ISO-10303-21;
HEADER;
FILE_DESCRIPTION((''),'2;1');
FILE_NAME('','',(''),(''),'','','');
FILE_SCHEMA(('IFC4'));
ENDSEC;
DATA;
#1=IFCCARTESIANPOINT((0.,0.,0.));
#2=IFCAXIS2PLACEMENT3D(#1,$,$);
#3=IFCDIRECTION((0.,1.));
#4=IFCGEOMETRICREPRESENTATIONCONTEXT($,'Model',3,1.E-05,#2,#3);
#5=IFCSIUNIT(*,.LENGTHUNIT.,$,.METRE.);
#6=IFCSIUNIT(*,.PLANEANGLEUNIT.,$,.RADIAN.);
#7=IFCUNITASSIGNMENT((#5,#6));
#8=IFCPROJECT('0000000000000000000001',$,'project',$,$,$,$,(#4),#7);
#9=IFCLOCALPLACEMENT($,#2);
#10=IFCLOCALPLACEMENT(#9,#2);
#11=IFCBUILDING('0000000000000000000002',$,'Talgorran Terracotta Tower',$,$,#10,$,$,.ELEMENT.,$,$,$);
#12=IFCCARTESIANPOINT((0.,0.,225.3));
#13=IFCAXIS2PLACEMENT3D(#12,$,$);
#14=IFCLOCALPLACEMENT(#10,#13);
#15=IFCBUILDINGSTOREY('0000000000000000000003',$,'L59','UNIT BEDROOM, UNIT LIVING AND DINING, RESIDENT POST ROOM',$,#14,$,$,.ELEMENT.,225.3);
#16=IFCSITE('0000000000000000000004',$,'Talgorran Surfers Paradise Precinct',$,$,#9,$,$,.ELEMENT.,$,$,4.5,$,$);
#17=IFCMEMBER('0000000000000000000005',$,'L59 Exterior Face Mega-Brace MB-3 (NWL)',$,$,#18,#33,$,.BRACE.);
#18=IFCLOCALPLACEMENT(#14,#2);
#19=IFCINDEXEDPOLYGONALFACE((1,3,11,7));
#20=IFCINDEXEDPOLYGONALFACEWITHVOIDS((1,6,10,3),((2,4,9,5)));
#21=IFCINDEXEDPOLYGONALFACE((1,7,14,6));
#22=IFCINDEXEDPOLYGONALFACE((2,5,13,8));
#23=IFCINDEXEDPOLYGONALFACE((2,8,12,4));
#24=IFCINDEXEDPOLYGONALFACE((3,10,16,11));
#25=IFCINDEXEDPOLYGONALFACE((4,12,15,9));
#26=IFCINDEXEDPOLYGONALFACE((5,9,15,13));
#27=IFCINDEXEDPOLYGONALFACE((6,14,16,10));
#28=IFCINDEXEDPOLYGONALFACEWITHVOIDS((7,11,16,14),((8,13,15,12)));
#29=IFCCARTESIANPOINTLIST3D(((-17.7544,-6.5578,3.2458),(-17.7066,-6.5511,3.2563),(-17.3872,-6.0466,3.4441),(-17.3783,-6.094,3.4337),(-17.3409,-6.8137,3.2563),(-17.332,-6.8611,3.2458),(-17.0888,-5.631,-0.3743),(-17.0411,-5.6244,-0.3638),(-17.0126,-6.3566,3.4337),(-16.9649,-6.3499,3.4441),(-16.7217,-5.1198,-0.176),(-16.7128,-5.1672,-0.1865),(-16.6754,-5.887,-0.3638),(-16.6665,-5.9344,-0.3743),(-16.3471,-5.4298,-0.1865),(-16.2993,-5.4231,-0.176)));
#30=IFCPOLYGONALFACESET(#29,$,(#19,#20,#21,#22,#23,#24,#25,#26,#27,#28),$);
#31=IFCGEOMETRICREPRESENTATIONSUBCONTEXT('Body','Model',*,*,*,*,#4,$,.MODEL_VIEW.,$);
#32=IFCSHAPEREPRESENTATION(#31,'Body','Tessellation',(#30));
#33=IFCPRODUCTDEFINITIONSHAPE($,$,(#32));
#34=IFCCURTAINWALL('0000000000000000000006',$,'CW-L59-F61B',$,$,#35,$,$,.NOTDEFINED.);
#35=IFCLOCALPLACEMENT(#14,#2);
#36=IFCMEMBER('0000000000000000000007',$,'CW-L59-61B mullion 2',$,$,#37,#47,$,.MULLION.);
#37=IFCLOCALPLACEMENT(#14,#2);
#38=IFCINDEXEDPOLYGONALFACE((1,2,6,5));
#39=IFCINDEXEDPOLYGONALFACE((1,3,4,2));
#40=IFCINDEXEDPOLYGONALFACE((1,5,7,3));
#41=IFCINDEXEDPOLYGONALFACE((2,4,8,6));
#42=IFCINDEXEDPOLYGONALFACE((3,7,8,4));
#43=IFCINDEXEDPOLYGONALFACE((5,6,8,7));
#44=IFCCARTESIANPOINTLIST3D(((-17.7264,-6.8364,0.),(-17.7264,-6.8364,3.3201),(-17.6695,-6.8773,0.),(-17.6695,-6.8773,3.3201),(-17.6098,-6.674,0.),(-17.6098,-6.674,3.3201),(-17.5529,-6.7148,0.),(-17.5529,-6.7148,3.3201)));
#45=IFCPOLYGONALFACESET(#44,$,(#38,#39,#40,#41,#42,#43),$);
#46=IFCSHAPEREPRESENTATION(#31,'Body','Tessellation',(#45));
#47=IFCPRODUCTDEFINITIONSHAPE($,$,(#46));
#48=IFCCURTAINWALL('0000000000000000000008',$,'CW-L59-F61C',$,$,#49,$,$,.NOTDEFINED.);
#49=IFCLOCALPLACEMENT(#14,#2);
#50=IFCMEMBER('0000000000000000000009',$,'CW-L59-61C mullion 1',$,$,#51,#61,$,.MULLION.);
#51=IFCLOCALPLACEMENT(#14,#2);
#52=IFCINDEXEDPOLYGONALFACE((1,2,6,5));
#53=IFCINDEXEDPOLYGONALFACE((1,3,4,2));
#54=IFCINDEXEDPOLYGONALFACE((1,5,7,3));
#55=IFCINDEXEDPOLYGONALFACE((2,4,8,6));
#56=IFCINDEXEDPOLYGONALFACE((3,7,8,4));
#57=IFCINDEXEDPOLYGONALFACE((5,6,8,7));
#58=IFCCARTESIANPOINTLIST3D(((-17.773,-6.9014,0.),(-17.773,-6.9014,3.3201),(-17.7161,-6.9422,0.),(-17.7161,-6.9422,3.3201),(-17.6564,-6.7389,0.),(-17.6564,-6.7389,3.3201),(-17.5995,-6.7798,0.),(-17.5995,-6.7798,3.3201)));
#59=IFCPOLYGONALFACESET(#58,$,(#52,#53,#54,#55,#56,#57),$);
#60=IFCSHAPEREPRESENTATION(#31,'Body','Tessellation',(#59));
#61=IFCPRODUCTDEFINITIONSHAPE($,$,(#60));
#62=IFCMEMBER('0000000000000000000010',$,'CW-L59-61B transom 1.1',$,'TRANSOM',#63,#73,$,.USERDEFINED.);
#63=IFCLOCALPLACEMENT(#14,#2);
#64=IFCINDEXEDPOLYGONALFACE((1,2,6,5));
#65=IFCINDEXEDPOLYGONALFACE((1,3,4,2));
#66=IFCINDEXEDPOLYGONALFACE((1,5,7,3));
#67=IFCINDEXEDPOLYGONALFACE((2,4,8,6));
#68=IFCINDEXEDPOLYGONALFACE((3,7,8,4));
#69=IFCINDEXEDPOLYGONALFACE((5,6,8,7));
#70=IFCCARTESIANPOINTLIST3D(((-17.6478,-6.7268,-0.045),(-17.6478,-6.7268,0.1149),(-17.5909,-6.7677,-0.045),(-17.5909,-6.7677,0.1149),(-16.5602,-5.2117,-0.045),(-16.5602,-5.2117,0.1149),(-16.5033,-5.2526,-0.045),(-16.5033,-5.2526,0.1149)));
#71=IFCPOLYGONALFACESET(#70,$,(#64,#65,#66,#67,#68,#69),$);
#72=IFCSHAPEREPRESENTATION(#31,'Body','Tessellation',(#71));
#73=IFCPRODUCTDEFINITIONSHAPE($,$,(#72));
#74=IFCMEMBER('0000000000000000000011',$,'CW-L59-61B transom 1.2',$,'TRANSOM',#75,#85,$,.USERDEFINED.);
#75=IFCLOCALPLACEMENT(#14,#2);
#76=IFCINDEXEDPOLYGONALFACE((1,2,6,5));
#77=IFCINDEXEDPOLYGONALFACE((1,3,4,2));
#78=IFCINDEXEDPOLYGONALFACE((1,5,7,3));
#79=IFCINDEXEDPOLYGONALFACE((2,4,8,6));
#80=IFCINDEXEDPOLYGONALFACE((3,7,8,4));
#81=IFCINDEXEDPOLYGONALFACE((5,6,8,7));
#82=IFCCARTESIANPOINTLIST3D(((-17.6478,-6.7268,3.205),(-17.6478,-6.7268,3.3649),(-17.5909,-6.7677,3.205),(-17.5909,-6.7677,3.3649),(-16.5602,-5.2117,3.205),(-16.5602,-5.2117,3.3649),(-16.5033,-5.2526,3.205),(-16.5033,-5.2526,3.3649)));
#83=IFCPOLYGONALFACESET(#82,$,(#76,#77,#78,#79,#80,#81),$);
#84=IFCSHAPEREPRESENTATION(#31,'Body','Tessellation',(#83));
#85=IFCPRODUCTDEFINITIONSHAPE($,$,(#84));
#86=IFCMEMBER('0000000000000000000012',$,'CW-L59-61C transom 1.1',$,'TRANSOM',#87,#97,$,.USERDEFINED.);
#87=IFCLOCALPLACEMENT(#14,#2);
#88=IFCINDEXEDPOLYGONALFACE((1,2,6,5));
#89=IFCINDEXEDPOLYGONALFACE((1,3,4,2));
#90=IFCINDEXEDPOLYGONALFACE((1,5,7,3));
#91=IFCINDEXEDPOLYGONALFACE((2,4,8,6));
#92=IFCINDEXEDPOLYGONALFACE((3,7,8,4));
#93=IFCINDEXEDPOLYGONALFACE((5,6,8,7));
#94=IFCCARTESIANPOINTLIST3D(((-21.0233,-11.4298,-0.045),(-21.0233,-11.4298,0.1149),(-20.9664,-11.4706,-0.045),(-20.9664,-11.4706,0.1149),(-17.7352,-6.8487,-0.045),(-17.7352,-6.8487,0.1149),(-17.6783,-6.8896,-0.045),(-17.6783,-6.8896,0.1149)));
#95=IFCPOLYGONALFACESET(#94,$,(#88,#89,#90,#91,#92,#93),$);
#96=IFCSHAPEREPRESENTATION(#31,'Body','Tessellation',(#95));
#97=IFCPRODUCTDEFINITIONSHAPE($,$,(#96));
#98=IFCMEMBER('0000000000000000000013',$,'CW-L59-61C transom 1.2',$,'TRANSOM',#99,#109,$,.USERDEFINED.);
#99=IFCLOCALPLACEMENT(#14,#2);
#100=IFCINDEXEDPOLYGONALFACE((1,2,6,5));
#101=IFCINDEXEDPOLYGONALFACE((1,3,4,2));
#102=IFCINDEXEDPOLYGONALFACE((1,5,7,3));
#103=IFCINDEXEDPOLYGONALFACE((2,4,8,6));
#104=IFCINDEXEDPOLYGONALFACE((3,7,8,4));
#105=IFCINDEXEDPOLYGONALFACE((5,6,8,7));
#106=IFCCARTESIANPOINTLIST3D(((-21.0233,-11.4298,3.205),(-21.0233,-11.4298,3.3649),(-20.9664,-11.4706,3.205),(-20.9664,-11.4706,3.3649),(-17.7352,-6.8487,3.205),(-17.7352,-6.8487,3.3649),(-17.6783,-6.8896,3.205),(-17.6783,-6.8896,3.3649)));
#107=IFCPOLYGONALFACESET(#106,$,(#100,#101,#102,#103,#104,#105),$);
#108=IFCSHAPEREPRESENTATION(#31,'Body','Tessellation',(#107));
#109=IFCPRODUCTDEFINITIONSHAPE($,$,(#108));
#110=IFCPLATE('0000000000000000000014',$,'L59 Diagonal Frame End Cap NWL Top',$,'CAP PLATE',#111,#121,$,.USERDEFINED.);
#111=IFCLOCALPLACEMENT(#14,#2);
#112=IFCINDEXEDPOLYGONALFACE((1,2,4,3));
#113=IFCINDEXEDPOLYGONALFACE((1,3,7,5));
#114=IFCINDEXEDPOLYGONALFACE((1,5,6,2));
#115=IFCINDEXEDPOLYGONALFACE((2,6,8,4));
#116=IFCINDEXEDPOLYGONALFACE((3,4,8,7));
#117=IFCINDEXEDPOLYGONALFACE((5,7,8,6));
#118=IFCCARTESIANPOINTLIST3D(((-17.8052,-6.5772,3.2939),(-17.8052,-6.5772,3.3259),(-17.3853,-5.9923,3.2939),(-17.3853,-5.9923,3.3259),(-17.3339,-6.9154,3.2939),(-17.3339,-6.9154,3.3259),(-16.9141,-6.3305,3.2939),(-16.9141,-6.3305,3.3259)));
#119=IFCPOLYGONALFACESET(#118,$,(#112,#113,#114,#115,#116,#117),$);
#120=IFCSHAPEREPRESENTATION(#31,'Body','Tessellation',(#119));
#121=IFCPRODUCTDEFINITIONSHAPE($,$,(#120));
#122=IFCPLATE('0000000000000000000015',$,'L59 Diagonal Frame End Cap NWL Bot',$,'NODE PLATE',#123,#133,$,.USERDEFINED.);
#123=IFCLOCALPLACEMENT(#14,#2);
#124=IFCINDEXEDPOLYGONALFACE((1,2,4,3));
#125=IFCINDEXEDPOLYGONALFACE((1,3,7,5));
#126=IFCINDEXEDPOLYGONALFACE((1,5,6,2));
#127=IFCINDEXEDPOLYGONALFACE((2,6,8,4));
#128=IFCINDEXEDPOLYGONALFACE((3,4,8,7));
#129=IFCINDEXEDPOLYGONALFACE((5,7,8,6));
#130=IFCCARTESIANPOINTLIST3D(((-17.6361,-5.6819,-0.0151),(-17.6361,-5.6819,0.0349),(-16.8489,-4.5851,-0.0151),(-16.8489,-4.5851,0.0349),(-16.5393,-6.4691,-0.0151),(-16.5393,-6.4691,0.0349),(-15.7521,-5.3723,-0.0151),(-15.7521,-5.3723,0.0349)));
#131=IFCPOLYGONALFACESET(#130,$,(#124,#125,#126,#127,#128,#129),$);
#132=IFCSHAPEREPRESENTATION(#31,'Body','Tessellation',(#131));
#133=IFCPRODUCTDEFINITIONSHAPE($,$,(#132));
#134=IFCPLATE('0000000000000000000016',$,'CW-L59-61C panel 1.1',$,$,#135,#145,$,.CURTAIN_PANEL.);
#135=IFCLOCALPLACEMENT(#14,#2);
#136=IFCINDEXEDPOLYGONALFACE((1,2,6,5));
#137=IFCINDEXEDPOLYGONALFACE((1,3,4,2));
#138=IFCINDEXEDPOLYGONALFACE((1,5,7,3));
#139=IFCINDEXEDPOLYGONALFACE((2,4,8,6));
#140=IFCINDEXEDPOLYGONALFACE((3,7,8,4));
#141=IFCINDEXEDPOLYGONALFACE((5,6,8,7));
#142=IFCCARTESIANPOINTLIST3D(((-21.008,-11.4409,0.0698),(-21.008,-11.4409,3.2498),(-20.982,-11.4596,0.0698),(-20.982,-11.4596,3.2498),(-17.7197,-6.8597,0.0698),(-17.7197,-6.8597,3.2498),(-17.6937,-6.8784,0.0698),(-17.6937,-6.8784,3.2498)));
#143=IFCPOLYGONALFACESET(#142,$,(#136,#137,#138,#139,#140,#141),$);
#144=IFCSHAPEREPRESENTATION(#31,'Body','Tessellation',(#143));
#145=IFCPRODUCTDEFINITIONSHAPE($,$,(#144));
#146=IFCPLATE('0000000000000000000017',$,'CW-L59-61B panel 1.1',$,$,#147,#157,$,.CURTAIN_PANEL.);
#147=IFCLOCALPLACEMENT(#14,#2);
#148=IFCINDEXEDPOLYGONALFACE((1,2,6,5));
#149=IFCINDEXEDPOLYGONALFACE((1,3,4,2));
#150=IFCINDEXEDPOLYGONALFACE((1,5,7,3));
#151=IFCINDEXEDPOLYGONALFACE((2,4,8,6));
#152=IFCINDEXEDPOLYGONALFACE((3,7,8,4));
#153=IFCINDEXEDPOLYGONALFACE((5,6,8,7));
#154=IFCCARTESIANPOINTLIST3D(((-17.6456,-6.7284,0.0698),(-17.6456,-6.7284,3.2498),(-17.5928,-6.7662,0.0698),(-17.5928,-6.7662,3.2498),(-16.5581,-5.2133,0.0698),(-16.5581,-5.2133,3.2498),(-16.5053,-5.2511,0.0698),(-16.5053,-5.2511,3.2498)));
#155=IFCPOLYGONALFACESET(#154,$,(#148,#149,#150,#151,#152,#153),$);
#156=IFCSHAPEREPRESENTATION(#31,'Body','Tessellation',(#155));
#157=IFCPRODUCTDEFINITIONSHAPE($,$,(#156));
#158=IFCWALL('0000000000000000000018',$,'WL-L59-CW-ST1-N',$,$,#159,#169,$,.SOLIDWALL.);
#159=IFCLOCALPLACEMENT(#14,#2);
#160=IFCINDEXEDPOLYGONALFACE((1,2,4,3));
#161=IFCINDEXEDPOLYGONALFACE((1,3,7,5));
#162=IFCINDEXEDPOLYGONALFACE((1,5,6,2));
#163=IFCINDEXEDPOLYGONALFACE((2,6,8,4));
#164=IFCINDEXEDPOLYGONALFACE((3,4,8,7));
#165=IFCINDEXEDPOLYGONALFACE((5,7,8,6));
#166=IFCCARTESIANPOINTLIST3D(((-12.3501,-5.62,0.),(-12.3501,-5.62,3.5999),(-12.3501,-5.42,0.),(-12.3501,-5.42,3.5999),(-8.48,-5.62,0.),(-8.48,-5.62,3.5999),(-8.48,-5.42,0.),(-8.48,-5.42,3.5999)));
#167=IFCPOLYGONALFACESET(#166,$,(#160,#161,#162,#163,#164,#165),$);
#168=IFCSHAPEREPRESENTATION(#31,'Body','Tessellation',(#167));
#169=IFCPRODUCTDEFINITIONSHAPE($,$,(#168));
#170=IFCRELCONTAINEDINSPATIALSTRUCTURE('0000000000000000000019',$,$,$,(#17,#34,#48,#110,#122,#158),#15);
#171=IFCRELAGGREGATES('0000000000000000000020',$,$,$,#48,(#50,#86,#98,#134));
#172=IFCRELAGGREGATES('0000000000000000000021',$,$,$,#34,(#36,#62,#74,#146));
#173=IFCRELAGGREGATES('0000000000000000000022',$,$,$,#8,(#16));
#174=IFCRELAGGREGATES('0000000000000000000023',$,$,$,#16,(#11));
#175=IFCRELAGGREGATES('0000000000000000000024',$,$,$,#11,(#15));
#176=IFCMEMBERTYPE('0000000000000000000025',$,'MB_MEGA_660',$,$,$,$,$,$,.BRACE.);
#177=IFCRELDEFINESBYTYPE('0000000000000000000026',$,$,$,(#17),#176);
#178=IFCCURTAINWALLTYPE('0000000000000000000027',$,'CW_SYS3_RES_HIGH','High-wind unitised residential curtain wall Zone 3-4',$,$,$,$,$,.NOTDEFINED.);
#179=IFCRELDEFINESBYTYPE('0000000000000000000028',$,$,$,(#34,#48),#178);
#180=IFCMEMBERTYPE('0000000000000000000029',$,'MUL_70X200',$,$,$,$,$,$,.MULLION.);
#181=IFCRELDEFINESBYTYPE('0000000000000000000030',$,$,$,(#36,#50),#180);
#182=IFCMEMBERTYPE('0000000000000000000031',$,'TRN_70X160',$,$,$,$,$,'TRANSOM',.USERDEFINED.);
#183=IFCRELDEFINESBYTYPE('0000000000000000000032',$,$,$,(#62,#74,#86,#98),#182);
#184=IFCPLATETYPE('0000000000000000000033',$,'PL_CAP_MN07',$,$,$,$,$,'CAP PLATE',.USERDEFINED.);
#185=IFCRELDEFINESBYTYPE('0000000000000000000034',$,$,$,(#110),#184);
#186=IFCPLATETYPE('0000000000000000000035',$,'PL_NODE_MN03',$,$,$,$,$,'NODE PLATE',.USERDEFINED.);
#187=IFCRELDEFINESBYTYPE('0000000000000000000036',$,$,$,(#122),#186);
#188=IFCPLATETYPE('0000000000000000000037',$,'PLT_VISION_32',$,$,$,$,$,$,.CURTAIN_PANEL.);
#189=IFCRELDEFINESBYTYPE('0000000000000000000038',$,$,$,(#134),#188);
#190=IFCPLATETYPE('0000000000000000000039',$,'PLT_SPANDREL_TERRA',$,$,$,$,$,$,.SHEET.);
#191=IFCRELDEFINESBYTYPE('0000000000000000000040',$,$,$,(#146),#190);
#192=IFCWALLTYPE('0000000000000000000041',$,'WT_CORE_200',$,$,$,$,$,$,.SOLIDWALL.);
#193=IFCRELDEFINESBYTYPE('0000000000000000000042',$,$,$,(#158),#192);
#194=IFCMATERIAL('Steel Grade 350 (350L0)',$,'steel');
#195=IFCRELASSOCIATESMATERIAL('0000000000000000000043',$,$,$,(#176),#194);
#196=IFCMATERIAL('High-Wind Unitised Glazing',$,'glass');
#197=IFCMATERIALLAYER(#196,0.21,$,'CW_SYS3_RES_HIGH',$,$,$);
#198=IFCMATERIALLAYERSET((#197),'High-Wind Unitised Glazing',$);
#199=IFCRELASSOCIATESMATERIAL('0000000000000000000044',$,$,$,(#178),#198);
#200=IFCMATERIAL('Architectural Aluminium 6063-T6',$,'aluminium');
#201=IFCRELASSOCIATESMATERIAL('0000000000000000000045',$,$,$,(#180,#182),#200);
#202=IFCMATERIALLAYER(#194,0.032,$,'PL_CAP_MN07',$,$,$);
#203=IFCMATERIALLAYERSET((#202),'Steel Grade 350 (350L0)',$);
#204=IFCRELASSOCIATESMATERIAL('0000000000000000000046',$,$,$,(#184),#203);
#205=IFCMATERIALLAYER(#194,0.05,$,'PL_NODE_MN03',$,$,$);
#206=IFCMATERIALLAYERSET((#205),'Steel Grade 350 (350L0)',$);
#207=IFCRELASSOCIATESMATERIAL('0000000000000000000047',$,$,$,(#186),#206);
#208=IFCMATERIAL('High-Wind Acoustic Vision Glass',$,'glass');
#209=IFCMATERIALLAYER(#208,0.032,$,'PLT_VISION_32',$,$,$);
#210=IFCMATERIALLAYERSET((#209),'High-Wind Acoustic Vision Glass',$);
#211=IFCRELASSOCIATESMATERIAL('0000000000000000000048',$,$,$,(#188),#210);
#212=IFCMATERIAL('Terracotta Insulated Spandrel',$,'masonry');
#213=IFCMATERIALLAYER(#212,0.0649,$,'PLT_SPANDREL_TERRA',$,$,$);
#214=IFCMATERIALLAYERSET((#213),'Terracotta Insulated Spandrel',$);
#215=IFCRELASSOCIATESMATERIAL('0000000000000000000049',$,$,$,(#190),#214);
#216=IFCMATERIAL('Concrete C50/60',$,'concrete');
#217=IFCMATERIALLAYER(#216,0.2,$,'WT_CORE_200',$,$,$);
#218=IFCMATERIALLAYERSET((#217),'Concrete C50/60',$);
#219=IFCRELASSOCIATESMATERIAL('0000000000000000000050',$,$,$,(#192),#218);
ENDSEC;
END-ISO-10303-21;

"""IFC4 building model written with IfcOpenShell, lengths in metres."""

from ifc_helpers import new_model, si_unit, direction, frame, frame_2d, origin, origin_2d, place, context, subcontext, project, spatial, rectangle, hollow_rectangle, extrude, source, transform, mapped, material, layer, layer_set, material_profile, profile_set, type_object, type_shapes, element, aggregate, save


model = new_model("IFC4")

# Units and contexts
model_context = context("Model", 3, precision=1e-05, world=origin(), true_north=direction((0.0, 1.0)))
body_context = subcontext(model_context, "Body", "Model", "MODEL_VIEW")
ifc_project = project(units=[si_unit("LENGTHUNIT", "METRE"), si_unit("PLANEANGLEUNIT", "RADIAN")], contexts=[model_context])

# Site, building, storey
site_placement = place(None, origin())
site = spatial("IfcSite", under=ifc_project, at=site_placement, Name="Talgorran Surfers Paradise Precinct", CompositionType="ELEMENT", RefElevation=4.5)
building_placement = place(site_placement, origin())
building = spatial("IfcBuilding", under=site, at=building_placement, Name="Talgorran Terracotta Tower", CompositionType="ELEMENT")
storey_placement = place(building_placement, frame((0.0, 0.0, 225.3)))
storey = spatial("IfcBuildingStorey", under=building, at=storey_placement, Name="L59", Description="UNIT BEDROOM, UNIT LIVING AND DINING, RESIDENT POST ROOM", CompositionType="ELEMENT", Elevation=225.3)

# Member
ifc_material_1 = material(Name="Steel Grade 350 (350L0)", Category="steel")
ifc_material_profile_1 = material_profile(ifc_material_1, hollow_rectangle(XDim=0.52, YDim=0.6599, WallThickness=0.0349, at=origin_2d()), Name="WBOX660X520X35")
ifc_profile_set_1 = profile_set([ifc_material_profile_1], Name="Steel Grade 350 (350L0)")
member_type_1 = type_object("IfcMemberType", Name="MB_MEGA_660", PredefinedType="BRACE", material=ifc_profile_set_1)
member_1_placement = place(storey_placement, frame((-16.6941, -5.5271, -0.2751), z_axis=(-0.175339, -0.244162, 0.953751), x_axis=(0.812256, -0.583301, 0.0)))
element("IfcMember", 1, at=member_1_placement, inside=storey, type_object=member_type_1, Name="L59 Exterior Face Mega-Brace MB-3 (NWL)", PredefinedType="BRACE", context=body_context, shape_type="SweptSolid", body=[
    extrude(hollow_rectangle(XDim=0.52, YDim=0.6599, WallThickness=0.0349, at=origin_2d()), origin(), (0.0, 0.0, 1.0), 3.7957),
])

# Curtain walls, members
ifc_material_2 = material(Name="High-Wind Unitised Glazing", Category="glass")
ifc_layer_1 = layer(ifc_material_2, 0.21, Name="CW_SYS3_RES_HIGH")
ifc_layer_set_1 = layer_set([ifc_layer_1], Name="High-Wind Unitised Glazing")
curtain_wall_type = type_object("IfcCurtainWallType", Name="CW_SYS3_RES_HIGH", Description="High-wind unitised residential curtain wall Zone 3-4", PredefinedType="NOTDEFINED", material=ifc_layer_set_1)
curtain_wall_1_placement = place(storey_placement, origin())
curtain_wall_1 = element("IfcCurtainWall", 2, at=curtain_wall_1_placement, inside=storey, type_object=curtain_wall_type, Name="CW-L59-F61B", PredefinedType="NOTDEFINED")
ifc_material_3 = material(Name="Architectural Aluminium 6063-T6", Category="aluminium")
ifc_material_profile_2 = material_profile(ifc_material_3, rectangle(XDim=0.0701, YDim=0.2, at=origin_2d()), Name="CWM70X200")
ifc_profile_set_2 = profile_set([ifc_material_profile_2], Name="Architectural Aluminium 6063-T6")
member_type_2 = type_object("IfcMemberType", Name="MUL_70X200", PredefinedType="MULLION", material=ifc_profile_set_2)
member_2_placement = place(storey_placement, frame((-17.6396, -6.7756, 0.0), z_axis=(0.0, 0.0, 1.0), x_axis=(0.812387, -0.583119, 0.0)))
member_2 = element("IfcMember", 3, at=member_2_placement, type_object=member_type_2, Name="CW-L59-61B mullion 2", PredefinedType="MULLION", context=body_context, shape_type="SweptSolid", body=[
    extrude(rectangle(XDim=0.0701, YDim=0.2, at=origin_2d()), origin(), (0.0, 0.0, 1.0), 3.3201),
])
curtain_wall_2_placement = place(storey_placement, origin())
curtain_wall_2 = element("IfcCurtainWall", 4, at=curtain_wall_2_placement, inside=storey, type_object=curtain_wall_type, Name="CW-L59-F61C", PredefinedType="NOTDEFINED")
member_3_placement = place(storey_placement, frame((-17.6863, -6.8406, 0.0), z_axis=(0.0, 0.0, 1.0), x_axis=(0.812389, -0.583116, 0.0)))
member_3 = element("IfcMember", 5, at=member_3_placement, type_object=member_type_2, Name="CW-L59-61C mullion 1", PredefinedType="MULLION", context=body_context, shape_type="SweptSolid", body=[
    extrude(rectangle(XDim=0.0701, YDim=0.2, at=origin_2d()), origin(), (0.0, 0.0, 1.0), 3.3201),
])

# Members
ifc_material_profile_3 = material_profile(ifc_material_3, rectangle(XDim=0.0701, YDim=0.1599, at=origin_2d()), Name="CWT70X160")
ifc_profile_set_3 = profile_set([ifc_material_profile_3], Name="Architectural Aluminium 6063-T6")
member_type_3 = type_object("IfcMemberType", Name="TRN_70X160", ElementType="TRANSOM", PredefinedType="USERDEFINED", material=ifc_profile_set_3)
member_4_placement = place(storey_placement, frame((-16.5317, -5.2322, 0.0349), z_axis=(-0.583156, -0.81236, 0.0), x_axis=(0.81236, -0.583156, 0.0)))
member_4 = element("IfcMember", 6, at=member_4_placement, type_object=member_type_3, Name="CW-L59-61B transom 1.1", ObjectType="TRANSOM", PredefinedType="USERDEFINED", context=body_context, shape_type="SweptSolid", body=[
    extrude(rectangle(XDim=0.0701, YDim=0.1599, at=origin_2d()), origin(), (0.0, 0.0, 1.0), 1.865),
])
member_5_placement = place(storey_placement, frame((-16.5317, -5.2322, 3.2849), z_axis=(-0.583156, -0.81236, 0.0), x_axis=(0.81236, -0.583156, 0.0)))
member_5 = element("IfcMember", 7, at=member_5_placement, type_object=member_type_3, Name="CW-L59-61B transom 1.2", ObjectType="TRANSOM", PredefinedType="USERDEFINED", context=body_context, shape_type="SweptSolid", body=[
    extrude(rectangle(XDim=0.0701, YDim=0.1599, at=origin_2d()), origin(), (0.0, 0.0, 1.0), 1.865),
])
member_6_placement = place(storey_placement, frame((-17.7068, -6.8691, 0.0349), z_axis=(-0.583104, -0.812397, 0.0), x_axis=(0.812397, -0.583104, 0.0)))
member_6 = element("IfcMember", 8, at=member_6_placement, type_object=member_type_3, Name="CW-L59-61C transom 1.1", ObjectType="TRANSOM", PredefinedType="USERDEFINED", context=body_context, shape_type="SweptSolid", body=[
    extrude(rectangle(XDim=0.0701, YDim=0.1599, at=origin_2d()), origin(), (0.0, 0.0, 1.0), 5.6389),
])
member_7_placement = place(storey_placement, frame((-17.7068, -6.8691, 3.2849), z_axis=(-0.583104, -0.812397, 0.0), x_axis=(0.812397, -0.583104, 0.0)))
member_7 = element("IfcMember", 9, at=member_7_placement, type_object=member_type_3, Name="CW-L59-61C transom 1.2", ObjectType="TRANSOM", PredefinedType="USERDEFINED", context=body_context, shape_type="SweptSolid", body=[
    extrude(rectangle(XDim=0.0701, YDim=0.1599, at=origin_2d()), origin(), (0.0, 0.0, 1.0), 5.6389),
])

# Plates
ifc_layer_2 = layer(ifc_material_1, 0.032, Name="PL_CAP_MN07")
ifc_layer_set_2 = layer_set([ifc_layer_2], Name="Steel Grade 350 (350L0)")
plate_type_1 = type_object("IfcPlateType", Name="PL_CAP_MN07", ElementType="CAP PLATE", PredefinedType="USERDEFINED", material=ifc_layer_set_2)
plate_1_placement = place(storey_placement, frame((-17.3596, -6.4539, 3.2939), z_axis=(0.0, 0.0, 1.0), x_axis=(-0.583116, -0.812389, 0.0)))
element("IfcPlate", 10, at=plate_1_placement, inside=storey, type_object=plate_type_1, Name="L59 Diagonal Frame End Cap NWL Top", ObjectType="CAP PLATE", PredefinedType="USERDEFINED", context=body_context, shape_type="SweptSolid", body=[
    extrude(rectangle(XDim=0.72, YDim=0.5801, at=origin_2d()), origin(), (0.0, 0.0, 1.0), 0.032),
])
ifc_layer_3 = layer(ifc_material_1, 0.05, Name="PL_NODE_MN03")
ifc_layer_set_3 = layer_set([ifc_layer_3], Name="Steel Grade 350 (350L0)")
plate_type_2 = type_object("IfcPlateType", Name="PL_NODE_MN03", ElementType="NODE PLATE", PredefinedType="USERDEFINED", material=ifc_layer_set_3)
plate_2_placement = place(storey_placement, frame((-16.6941, -5.5271, -0.0151), z_axis=(0.0, 0.0, 1.0), x_axis=(-0.583116, -0.812389, 0.0)))
element("IfcPlate", 11, at=plate_2_placement, inside=storey, type_object=plate_type_2, Name="L59 Diagonal Frame End Cap NWL Bot", ObjectType="NODE PLATE", PredefinedType="USERDEFINED", context=body_context, shape_type="SweptSolid", body=[
    extrude(rectangle(XDim=1.3501, YDim=1.3501, at=origin_2d()), origin(), (0.0, 0.0, 1.0), 0.05),
])

# Plates
ifc_material_4 = material(Name="High-Wind Acoustic Vision Glass", Category="glass")
ifc_layer_4 = layer(ifc_material_4, 0.032, Name="PLT_VISION_32")
ifc_layer_set_4 = layer_set([ifc_layer_4], Name="High-Wind Acoustic Vision Glass")
plate_type_3 = type_object("IfcPlateType", Name="PLT_VISION_32", PredefinedType="CURTAIN_PANEL", material=ifc_layer_set_4)
shared_shape_1 = source(origin(), body_context, "Body", "SweptSolid", [
    extrude(rectangle(XDim=5.6392, YDim=0.032, at=origin_2d()), origin(), (0.0, 0.0, 1.0), 3.1799),
])
type_shapes(plate_type_3, [shared_shape_1])
plate_3_placement = place(storey_placement, frame((-19.3508, -9.1597, 0.0698), z_axis=(0.0, 0.0, 1.0), x_axis=(-0.583116, -0.812389, 0.0)))
plate_3 = element("IfcPlate", 12, at=plate_3_placement, type_object=plate_type_3, Name="CW-L59-61C panel 1.1", PredefinedType="CURTAIN_PANEL", context=body_context, shape_type="MappedRepresentation", body=[
    mapped(shared_shape_1, transform((0.0, 0.0, 0.0), scale=1.0)),
])
aggregate(curtain_wall_2, [member_3, member_6, member_7, plate_3])
ifc_material_5 = material(Name="Terracotta Insulated Spandrel", Category="masonry")
ifc_layer_5 = layer(ifc_material_5, 0.0649, Name="PLT_SPANDREL_TERRA")
ifc_layer_set_5 = layer_set([ifc_layer_5], Name="Terracotta Insulated Spandrel")
plate_type_4 = type_object("IfcPlateType", Name="PLT_SPANDREL_TERRA", PredefinedType="SHEET", material=ifc_layer_set_5)
shared_shape_2 = source(origin(), body_context, "Body", "SweptSolid", [
    extrude(rectangle(XDim=1.865, YDim=0.0649, at=origin_2d()), origin(), (0.0, 0.0, 1.0), 3.1799),
])
type_shapes(plate_type_4, [shared_shape_2])
plate_4_placement = place(storey_placement, frame((-17.0754, -5.9897, 0.0698), z_axis=(0.0, 0.0, 1.0), x_axis=(-0.583119, -0.812387, 0.0)))
plate_4 = element("IfcPlate", 13, at=plate_4_placement, type_object=plate_type_4, Name="CW-L59-61B panel 1.1", PredefinedType="CURTAIN_PANEL", context=body_context, shape_type="MappedRepresentation", body=[
    mapped(shared_shape_2, transform((0.0, 0.0, 0.0), scale=1.0)),
])
aggregate(curtain_wall_1, [member_2, member_4, member_5, plate_4])

# Wall
ifc_material_6 = material(Name="Concrete C50/60", Category="concrete")
ifc_layer_6 = layer(ifc_material_6, 0.2, Name="WT_CORE_200")
ifc_layer_set_6 = layer_set([ifc_layer_6], Name="Concrete C50/60")
wall_type_1 = type_object("IfcWallType", Name="WT_CORE_200", PredefinedType="SOLIDWALL", material=ifc_layer_set_6)
wall_1_placement = place(storey_placement, frame((-12.3501, -5.52, 0.0), z_axis=(0.0, 0.0, 1.0), x_axis=(1.0, 0.0, 0.0)))
element("IfcWall", 14, at=wall_1_placement, inside=storey, type_object=wall_type_1, Name="WL-L59-CW-ST1-N", PredefinedType="SOLIDWALL", context=body_context, shape_type="SweptSolid", body=[
    extrude(rectangle(XDim=3.8701, YDim=0.2, at=frame_2d((1.9351, 0.0))), origin(), (0.0, 0.0, 1.0), 3.5999),
])

save(model, "model.ifc")
